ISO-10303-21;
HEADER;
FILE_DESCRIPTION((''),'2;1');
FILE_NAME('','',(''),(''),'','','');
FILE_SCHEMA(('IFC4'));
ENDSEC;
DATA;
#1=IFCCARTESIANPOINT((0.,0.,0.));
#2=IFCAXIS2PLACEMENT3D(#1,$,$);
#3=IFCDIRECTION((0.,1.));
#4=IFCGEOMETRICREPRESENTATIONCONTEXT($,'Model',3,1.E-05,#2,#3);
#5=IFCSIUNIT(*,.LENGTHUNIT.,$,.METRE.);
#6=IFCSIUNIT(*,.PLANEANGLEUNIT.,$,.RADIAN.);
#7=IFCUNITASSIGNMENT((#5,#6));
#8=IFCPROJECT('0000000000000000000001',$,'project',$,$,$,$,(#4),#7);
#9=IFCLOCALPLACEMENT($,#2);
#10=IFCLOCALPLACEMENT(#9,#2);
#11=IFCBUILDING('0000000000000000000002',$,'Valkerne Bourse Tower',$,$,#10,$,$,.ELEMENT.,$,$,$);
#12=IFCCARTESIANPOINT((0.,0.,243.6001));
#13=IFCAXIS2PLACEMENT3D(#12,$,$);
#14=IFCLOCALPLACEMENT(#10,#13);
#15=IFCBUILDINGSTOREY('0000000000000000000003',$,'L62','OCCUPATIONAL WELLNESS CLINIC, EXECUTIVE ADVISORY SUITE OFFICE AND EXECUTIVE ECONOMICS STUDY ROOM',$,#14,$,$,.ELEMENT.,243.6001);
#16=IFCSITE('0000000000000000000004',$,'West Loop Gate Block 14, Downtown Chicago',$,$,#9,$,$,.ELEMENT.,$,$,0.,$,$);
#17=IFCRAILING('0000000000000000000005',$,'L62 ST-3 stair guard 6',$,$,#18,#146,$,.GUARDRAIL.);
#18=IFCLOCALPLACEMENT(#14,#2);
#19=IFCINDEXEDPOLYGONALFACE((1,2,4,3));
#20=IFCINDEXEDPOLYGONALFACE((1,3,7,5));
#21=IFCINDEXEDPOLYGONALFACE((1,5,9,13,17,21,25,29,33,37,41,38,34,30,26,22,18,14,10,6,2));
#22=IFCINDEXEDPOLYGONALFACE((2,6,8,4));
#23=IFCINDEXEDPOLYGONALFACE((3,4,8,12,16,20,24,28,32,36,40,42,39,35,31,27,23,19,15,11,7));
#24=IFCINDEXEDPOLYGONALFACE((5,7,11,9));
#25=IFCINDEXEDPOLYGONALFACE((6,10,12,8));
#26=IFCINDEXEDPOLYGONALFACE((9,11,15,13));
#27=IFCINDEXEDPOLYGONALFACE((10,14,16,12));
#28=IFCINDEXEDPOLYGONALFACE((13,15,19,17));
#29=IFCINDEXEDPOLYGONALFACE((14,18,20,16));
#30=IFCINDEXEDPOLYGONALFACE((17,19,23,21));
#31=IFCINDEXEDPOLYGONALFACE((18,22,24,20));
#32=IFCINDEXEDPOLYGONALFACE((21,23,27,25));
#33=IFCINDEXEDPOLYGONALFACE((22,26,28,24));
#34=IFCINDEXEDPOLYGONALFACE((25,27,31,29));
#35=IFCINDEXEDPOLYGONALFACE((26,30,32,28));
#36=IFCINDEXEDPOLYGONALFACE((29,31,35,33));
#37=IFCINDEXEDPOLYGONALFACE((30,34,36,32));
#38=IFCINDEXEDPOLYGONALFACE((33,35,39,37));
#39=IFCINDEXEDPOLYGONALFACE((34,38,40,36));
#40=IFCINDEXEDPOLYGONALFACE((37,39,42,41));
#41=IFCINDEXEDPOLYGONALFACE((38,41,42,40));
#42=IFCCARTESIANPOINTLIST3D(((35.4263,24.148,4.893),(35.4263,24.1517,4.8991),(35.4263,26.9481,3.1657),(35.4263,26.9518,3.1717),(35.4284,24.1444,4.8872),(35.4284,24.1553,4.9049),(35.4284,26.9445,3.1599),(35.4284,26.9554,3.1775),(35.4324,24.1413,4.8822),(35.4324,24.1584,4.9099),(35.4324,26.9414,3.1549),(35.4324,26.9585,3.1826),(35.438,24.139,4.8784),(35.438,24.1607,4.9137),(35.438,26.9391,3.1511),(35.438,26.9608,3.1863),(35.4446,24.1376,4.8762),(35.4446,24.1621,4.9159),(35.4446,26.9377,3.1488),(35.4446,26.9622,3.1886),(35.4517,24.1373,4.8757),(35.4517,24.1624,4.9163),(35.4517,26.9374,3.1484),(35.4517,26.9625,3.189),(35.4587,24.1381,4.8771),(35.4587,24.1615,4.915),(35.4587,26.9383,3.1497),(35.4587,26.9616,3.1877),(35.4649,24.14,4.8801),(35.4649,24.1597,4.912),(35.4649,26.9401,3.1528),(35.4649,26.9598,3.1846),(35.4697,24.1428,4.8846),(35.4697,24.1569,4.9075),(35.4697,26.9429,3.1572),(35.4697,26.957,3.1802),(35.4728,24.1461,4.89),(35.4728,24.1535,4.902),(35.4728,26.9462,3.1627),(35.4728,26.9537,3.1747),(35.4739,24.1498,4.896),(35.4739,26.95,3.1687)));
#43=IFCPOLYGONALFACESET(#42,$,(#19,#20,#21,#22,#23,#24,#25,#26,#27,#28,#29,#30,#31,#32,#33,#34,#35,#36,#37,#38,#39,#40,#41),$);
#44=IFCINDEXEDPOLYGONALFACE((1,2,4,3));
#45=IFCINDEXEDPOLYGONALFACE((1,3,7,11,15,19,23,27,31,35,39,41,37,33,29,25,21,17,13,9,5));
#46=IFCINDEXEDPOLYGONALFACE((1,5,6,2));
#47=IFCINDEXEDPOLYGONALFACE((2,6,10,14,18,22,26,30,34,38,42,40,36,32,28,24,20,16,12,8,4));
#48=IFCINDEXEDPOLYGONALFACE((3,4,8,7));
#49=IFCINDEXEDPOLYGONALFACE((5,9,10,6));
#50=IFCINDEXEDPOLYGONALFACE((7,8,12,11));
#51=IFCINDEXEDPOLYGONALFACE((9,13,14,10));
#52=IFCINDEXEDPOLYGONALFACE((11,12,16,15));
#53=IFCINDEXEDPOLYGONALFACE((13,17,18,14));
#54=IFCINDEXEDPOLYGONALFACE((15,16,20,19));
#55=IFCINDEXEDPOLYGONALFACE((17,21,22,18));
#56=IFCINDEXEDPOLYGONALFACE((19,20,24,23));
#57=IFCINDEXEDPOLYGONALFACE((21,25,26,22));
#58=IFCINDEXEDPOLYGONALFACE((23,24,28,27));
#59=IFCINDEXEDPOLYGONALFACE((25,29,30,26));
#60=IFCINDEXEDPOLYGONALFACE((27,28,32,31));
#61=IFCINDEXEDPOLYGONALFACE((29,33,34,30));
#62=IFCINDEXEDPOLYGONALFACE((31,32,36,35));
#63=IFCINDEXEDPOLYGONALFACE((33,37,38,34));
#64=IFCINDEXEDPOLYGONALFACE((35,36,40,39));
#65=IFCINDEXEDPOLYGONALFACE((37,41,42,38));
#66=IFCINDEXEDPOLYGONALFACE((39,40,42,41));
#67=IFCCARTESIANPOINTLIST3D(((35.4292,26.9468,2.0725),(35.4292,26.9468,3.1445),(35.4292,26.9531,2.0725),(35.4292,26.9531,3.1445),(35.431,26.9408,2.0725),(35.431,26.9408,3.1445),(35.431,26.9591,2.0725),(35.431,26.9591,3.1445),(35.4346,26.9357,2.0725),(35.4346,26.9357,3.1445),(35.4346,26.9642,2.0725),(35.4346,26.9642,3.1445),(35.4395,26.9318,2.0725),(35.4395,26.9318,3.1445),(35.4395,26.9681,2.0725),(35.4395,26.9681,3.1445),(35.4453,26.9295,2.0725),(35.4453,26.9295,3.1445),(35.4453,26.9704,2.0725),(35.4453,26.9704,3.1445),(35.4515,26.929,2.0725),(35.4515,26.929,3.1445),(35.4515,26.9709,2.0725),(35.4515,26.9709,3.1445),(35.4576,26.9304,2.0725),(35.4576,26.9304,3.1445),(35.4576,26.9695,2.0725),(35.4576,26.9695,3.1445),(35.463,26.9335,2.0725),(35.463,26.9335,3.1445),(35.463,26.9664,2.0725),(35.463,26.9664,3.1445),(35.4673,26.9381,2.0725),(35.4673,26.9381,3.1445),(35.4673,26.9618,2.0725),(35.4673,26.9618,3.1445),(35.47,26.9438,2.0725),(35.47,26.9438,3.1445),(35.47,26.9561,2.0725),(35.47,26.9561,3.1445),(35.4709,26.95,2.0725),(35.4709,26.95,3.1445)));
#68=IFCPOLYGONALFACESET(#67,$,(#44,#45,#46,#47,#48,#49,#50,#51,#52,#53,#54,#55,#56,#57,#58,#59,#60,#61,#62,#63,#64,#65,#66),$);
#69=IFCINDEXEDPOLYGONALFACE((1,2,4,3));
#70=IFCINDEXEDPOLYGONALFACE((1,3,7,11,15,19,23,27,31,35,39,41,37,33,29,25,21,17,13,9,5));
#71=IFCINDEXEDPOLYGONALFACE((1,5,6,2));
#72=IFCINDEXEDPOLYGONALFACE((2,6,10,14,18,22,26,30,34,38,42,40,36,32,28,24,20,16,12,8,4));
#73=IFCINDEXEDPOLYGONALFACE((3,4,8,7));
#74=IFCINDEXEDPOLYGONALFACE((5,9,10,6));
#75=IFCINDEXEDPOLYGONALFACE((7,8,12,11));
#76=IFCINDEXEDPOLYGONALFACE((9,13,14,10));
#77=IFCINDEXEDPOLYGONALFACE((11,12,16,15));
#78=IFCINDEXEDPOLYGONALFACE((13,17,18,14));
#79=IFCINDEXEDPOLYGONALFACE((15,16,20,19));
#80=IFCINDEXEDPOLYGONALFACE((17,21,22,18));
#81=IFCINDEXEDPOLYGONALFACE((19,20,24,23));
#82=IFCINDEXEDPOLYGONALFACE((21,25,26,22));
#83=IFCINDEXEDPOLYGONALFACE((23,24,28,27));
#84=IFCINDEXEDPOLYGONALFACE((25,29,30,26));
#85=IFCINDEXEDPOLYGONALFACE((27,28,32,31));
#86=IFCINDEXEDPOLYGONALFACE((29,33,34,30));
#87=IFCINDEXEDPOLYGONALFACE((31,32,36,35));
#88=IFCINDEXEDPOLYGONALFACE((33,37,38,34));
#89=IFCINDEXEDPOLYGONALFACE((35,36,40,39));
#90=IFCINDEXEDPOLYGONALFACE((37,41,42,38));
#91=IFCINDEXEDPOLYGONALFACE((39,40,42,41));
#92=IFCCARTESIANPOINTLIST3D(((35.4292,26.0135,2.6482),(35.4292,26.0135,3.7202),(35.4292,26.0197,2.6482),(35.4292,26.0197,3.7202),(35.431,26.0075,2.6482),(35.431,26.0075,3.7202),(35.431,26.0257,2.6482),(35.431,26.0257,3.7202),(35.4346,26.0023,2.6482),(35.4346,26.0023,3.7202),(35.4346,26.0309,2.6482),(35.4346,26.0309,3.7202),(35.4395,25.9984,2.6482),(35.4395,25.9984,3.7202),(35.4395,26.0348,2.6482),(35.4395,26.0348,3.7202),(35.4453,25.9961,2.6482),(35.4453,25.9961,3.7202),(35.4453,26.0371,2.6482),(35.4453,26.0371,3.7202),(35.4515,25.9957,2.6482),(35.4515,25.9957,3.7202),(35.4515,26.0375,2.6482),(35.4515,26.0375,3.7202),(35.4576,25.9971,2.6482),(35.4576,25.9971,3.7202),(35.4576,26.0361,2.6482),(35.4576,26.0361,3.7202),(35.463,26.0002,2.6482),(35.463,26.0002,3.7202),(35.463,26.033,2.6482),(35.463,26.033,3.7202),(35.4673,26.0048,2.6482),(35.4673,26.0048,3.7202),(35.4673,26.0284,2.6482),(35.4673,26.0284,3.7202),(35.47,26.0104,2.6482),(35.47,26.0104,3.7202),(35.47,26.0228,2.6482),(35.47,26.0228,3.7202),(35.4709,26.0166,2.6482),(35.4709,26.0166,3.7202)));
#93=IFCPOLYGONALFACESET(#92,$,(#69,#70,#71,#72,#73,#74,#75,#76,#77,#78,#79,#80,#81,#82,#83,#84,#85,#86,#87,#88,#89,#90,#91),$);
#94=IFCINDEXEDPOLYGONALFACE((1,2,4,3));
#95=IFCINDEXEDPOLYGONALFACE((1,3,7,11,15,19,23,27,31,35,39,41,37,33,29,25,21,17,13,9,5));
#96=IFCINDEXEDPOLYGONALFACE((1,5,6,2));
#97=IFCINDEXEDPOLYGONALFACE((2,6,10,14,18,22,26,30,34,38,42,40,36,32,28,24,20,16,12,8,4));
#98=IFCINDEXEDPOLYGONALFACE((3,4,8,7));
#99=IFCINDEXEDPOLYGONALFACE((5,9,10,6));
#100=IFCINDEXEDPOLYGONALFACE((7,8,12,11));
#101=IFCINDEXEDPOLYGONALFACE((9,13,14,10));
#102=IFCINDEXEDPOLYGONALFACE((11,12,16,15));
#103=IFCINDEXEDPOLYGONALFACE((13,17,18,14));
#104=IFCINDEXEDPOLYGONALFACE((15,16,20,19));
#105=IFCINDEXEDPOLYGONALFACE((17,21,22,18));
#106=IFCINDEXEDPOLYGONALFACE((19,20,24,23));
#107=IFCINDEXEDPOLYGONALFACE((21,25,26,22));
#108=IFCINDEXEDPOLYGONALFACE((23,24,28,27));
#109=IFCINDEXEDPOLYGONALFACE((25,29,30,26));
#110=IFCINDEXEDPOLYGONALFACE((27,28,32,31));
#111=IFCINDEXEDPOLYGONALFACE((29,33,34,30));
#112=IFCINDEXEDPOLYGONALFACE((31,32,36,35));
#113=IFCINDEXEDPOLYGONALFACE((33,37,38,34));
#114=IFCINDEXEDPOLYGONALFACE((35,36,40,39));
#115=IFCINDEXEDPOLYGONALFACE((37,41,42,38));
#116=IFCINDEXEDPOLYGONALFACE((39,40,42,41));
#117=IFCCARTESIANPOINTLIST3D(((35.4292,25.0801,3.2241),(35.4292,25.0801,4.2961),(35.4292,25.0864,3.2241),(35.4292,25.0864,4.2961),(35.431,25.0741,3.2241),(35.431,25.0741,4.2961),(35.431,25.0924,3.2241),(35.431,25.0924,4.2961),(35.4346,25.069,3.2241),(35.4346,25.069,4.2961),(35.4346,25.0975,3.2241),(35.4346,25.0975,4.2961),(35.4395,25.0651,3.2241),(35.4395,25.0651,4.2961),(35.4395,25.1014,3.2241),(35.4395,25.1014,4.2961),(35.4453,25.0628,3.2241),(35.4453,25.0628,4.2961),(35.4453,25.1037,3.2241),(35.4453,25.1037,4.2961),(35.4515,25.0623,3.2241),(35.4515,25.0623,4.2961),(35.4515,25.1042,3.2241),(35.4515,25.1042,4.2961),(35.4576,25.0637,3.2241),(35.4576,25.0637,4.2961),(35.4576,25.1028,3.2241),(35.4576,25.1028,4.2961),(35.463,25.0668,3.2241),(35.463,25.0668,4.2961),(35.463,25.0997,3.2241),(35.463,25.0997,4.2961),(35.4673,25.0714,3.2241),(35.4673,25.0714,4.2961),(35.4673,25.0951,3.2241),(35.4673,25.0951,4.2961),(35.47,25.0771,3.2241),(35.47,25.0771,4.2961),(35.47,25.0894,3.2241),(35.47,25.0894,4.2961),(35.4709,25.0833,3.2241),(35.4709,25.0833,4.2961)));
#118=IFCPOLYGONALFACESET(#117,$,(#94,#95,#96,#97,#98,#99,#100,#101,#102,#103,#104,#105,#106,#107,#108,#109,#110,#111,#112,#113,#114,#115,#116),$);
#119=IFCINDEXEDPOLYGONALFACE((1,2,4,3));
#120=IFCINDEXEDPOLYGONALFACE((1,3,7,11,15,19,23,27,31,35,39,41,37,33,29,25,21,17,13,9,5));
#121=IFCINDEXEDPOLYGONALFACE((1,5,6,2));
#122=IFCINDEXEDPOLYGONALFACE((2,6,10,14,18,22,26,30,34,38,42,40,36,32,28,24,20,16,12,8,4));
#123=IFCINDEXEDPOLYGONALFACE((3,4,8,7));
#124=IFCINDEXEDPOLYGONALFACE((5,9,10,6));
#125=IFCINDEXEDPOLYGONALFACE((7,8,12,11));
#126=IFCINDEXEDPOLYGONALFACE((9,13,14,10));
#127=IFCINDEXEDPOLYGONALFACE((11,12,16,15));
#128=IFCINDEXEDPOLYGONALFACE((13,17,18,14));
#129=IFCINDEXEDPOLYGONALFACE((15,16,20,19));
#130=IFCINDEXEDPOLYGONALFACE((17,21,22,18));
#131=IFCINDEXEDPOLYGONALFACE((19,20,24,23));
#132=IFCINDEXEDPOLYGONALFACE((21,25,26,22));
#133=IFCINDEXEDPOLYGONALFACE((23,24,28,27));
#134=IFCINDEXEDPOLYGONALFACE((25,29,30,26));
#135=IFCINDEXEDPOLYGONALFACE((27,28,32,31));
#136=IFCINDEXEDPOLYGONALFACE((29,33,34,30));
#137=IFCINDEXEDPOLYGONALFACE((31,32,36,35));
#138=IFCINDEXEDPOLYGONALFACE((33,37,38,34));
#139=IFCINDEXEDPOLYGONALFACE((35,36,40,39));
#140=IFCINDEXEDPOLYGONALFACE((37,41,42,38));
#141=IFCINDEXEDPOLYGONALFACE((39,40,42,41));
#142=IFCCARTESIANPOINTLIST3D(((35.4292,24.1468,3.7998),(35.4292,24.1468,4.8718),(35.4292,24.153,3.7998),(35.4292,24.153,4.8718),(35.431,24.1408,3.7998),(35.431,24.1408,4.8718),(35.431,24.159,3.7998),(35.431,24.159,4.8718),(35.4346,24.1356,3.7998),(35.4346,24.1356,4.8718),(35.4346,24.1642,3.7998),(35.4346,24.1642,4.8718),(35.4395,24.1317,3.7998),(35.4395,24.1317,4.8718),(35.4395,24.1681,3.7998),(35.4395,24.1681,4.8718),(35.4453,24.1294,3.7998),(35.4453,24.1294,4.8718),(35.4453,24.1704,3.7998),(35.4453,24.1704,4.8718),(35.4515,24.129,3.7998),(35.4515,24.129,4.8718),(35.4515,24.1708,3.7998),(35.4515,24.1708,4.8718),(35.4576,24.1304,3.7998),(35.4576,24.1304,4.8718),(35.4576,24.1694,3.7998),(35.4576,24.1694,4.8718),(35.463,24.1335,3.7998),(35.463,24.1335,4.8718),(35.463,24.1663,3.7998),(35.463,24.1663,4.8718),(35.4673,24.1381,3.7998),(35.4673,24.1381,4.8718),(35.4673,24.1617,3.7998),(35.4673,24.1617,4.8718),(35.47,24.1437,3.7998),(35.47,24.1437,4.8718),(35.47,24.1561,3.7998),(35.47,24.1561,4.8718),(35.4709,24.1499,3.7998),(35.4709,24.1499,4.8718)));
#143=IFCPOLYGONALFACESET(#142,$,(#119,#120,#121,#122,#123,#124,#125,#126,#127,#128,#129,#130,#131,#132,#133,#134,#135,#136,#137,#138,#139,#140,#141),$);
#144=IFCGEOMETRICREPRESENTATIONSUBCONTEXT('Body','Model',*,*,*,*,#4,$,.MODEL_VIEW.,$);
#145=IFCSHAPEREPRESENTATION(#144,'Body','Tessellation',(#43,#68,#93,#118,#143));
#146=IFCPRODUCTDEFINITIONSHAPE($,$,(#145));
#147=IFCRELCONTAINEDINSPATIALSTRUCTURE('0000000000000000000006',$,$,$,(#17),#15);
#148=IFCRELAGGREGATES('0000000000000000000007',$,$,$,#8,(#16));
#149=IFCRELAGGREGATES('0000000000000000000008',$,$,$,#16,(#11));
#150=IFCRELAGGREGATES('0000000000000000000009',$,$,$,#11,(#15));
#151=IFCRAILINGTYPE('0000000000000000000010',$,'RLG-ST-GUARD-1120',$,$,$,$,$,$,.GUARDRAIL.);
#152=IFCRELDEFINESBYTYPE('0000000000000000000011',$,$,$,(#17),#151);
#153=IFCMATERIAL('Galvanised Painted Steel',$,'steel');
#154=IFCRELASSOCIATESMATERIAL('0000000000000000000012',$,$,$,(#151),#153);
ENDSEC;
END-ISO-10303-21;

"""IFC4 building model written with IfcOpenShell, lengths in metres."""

from ifc_helpers import new_model, si_unit, direction, frame, origin, origin_2d, place, context, subcontext, project, spatial, circle, extrude, material, type_object, element, save


model = new_model("IFC4")

# Units and contexts
model_context = context("Model", 3, precision=1e-05, world=origin(), true_north=direction((0.0, 1.0)))
body_context = subcontext(model_context, "Body", "Model", "MODEL_VIEW")
ifc_project = project(units=[si_unit("LENGTHUNIT", "METRE"), si_unit("PLANEANGLEUNIT", "RADIAN")], contexts=[model_context])

# Site, building, storey
site_placement = place(None, origin())
site = spatial("IfcSite", under=ifc_project, at=site_placement, Name="West Loop Gate Block 14, Downtown Chicago", CompositionType="ELEMENT", RefElevation=0.0)
building_placement = place(site_placement, origin())
building = spatial("IfcBuilding", under=site, at=building_placement, Name="Valkerne Bourse Tower", CompositionType="ELEMENT")
storey_placement = place(building_placement, frame((0.0, 0.0, 243.6001)))
storey = spatial("IfcBuildingStorey", under=building, at=storey_placement, Name="L62", Description="OCCUPATIONAL WELLNESS CLINIC, EXECUTIVE ADVISORY SUITE OFFICE AND EXECUTIVE ECONOMICS STUDY ROOM", CompositionType="ELEMENT", Elevation=243.6001)

# Railing
ifc_material_1 = material(Name="Galvanised Painted Steel", Category="steel")
railing_type_1 = type_object("IfcRailingType", Name="RLG-ST-GUARD-1120", PredefinedType="GUARDRAIL", material=ifc_material_1)
railing_1_placement = place(storey_placement, frame((35.45, 26.95, 2.0725)))
element("IfcRailing", 1, at=railing_1_placement, inside=storey, type_object=railing_type_1, Name="L62 ST-3 stair guard 6", PredefinedType="GUARDRAIL", context=body_context, shape_type="SweptSolid", body=[
    extrude(circle(Radius=0.0239, at=origin_2d()), frame((0.0, 0.0, 1.0962), z_axis=(0.0, -0.85109, 0.52502), x_axis=(1.0, 0.0, 0.0)), (0.0, 0.0, 1.0), 3.29),
    extrude(circle(Radius=0.021, at=origin_2d()), origin(), (0.0, 0.0, 1.0), 1.072),
    extrude(circle(Radius=0.021, at=origin_2d()), frame((0.0, -0.9333, 0.5757)), (0.0, 0.0, 1.0), 1.072),
    extrude(circle(Radius=0.021, at=origin_2d()), frame((0.0, -1.8667, 1.1516)), (0.0, 0.0, 1.0), 1.072),
    extrude(circle(Radius=0.021, at=origin_2d()), frame((0.0, -2.8, 1.7273)), (0.0, 0.0, 1.0), 1.072),
])

save(model, "model.ifc")
